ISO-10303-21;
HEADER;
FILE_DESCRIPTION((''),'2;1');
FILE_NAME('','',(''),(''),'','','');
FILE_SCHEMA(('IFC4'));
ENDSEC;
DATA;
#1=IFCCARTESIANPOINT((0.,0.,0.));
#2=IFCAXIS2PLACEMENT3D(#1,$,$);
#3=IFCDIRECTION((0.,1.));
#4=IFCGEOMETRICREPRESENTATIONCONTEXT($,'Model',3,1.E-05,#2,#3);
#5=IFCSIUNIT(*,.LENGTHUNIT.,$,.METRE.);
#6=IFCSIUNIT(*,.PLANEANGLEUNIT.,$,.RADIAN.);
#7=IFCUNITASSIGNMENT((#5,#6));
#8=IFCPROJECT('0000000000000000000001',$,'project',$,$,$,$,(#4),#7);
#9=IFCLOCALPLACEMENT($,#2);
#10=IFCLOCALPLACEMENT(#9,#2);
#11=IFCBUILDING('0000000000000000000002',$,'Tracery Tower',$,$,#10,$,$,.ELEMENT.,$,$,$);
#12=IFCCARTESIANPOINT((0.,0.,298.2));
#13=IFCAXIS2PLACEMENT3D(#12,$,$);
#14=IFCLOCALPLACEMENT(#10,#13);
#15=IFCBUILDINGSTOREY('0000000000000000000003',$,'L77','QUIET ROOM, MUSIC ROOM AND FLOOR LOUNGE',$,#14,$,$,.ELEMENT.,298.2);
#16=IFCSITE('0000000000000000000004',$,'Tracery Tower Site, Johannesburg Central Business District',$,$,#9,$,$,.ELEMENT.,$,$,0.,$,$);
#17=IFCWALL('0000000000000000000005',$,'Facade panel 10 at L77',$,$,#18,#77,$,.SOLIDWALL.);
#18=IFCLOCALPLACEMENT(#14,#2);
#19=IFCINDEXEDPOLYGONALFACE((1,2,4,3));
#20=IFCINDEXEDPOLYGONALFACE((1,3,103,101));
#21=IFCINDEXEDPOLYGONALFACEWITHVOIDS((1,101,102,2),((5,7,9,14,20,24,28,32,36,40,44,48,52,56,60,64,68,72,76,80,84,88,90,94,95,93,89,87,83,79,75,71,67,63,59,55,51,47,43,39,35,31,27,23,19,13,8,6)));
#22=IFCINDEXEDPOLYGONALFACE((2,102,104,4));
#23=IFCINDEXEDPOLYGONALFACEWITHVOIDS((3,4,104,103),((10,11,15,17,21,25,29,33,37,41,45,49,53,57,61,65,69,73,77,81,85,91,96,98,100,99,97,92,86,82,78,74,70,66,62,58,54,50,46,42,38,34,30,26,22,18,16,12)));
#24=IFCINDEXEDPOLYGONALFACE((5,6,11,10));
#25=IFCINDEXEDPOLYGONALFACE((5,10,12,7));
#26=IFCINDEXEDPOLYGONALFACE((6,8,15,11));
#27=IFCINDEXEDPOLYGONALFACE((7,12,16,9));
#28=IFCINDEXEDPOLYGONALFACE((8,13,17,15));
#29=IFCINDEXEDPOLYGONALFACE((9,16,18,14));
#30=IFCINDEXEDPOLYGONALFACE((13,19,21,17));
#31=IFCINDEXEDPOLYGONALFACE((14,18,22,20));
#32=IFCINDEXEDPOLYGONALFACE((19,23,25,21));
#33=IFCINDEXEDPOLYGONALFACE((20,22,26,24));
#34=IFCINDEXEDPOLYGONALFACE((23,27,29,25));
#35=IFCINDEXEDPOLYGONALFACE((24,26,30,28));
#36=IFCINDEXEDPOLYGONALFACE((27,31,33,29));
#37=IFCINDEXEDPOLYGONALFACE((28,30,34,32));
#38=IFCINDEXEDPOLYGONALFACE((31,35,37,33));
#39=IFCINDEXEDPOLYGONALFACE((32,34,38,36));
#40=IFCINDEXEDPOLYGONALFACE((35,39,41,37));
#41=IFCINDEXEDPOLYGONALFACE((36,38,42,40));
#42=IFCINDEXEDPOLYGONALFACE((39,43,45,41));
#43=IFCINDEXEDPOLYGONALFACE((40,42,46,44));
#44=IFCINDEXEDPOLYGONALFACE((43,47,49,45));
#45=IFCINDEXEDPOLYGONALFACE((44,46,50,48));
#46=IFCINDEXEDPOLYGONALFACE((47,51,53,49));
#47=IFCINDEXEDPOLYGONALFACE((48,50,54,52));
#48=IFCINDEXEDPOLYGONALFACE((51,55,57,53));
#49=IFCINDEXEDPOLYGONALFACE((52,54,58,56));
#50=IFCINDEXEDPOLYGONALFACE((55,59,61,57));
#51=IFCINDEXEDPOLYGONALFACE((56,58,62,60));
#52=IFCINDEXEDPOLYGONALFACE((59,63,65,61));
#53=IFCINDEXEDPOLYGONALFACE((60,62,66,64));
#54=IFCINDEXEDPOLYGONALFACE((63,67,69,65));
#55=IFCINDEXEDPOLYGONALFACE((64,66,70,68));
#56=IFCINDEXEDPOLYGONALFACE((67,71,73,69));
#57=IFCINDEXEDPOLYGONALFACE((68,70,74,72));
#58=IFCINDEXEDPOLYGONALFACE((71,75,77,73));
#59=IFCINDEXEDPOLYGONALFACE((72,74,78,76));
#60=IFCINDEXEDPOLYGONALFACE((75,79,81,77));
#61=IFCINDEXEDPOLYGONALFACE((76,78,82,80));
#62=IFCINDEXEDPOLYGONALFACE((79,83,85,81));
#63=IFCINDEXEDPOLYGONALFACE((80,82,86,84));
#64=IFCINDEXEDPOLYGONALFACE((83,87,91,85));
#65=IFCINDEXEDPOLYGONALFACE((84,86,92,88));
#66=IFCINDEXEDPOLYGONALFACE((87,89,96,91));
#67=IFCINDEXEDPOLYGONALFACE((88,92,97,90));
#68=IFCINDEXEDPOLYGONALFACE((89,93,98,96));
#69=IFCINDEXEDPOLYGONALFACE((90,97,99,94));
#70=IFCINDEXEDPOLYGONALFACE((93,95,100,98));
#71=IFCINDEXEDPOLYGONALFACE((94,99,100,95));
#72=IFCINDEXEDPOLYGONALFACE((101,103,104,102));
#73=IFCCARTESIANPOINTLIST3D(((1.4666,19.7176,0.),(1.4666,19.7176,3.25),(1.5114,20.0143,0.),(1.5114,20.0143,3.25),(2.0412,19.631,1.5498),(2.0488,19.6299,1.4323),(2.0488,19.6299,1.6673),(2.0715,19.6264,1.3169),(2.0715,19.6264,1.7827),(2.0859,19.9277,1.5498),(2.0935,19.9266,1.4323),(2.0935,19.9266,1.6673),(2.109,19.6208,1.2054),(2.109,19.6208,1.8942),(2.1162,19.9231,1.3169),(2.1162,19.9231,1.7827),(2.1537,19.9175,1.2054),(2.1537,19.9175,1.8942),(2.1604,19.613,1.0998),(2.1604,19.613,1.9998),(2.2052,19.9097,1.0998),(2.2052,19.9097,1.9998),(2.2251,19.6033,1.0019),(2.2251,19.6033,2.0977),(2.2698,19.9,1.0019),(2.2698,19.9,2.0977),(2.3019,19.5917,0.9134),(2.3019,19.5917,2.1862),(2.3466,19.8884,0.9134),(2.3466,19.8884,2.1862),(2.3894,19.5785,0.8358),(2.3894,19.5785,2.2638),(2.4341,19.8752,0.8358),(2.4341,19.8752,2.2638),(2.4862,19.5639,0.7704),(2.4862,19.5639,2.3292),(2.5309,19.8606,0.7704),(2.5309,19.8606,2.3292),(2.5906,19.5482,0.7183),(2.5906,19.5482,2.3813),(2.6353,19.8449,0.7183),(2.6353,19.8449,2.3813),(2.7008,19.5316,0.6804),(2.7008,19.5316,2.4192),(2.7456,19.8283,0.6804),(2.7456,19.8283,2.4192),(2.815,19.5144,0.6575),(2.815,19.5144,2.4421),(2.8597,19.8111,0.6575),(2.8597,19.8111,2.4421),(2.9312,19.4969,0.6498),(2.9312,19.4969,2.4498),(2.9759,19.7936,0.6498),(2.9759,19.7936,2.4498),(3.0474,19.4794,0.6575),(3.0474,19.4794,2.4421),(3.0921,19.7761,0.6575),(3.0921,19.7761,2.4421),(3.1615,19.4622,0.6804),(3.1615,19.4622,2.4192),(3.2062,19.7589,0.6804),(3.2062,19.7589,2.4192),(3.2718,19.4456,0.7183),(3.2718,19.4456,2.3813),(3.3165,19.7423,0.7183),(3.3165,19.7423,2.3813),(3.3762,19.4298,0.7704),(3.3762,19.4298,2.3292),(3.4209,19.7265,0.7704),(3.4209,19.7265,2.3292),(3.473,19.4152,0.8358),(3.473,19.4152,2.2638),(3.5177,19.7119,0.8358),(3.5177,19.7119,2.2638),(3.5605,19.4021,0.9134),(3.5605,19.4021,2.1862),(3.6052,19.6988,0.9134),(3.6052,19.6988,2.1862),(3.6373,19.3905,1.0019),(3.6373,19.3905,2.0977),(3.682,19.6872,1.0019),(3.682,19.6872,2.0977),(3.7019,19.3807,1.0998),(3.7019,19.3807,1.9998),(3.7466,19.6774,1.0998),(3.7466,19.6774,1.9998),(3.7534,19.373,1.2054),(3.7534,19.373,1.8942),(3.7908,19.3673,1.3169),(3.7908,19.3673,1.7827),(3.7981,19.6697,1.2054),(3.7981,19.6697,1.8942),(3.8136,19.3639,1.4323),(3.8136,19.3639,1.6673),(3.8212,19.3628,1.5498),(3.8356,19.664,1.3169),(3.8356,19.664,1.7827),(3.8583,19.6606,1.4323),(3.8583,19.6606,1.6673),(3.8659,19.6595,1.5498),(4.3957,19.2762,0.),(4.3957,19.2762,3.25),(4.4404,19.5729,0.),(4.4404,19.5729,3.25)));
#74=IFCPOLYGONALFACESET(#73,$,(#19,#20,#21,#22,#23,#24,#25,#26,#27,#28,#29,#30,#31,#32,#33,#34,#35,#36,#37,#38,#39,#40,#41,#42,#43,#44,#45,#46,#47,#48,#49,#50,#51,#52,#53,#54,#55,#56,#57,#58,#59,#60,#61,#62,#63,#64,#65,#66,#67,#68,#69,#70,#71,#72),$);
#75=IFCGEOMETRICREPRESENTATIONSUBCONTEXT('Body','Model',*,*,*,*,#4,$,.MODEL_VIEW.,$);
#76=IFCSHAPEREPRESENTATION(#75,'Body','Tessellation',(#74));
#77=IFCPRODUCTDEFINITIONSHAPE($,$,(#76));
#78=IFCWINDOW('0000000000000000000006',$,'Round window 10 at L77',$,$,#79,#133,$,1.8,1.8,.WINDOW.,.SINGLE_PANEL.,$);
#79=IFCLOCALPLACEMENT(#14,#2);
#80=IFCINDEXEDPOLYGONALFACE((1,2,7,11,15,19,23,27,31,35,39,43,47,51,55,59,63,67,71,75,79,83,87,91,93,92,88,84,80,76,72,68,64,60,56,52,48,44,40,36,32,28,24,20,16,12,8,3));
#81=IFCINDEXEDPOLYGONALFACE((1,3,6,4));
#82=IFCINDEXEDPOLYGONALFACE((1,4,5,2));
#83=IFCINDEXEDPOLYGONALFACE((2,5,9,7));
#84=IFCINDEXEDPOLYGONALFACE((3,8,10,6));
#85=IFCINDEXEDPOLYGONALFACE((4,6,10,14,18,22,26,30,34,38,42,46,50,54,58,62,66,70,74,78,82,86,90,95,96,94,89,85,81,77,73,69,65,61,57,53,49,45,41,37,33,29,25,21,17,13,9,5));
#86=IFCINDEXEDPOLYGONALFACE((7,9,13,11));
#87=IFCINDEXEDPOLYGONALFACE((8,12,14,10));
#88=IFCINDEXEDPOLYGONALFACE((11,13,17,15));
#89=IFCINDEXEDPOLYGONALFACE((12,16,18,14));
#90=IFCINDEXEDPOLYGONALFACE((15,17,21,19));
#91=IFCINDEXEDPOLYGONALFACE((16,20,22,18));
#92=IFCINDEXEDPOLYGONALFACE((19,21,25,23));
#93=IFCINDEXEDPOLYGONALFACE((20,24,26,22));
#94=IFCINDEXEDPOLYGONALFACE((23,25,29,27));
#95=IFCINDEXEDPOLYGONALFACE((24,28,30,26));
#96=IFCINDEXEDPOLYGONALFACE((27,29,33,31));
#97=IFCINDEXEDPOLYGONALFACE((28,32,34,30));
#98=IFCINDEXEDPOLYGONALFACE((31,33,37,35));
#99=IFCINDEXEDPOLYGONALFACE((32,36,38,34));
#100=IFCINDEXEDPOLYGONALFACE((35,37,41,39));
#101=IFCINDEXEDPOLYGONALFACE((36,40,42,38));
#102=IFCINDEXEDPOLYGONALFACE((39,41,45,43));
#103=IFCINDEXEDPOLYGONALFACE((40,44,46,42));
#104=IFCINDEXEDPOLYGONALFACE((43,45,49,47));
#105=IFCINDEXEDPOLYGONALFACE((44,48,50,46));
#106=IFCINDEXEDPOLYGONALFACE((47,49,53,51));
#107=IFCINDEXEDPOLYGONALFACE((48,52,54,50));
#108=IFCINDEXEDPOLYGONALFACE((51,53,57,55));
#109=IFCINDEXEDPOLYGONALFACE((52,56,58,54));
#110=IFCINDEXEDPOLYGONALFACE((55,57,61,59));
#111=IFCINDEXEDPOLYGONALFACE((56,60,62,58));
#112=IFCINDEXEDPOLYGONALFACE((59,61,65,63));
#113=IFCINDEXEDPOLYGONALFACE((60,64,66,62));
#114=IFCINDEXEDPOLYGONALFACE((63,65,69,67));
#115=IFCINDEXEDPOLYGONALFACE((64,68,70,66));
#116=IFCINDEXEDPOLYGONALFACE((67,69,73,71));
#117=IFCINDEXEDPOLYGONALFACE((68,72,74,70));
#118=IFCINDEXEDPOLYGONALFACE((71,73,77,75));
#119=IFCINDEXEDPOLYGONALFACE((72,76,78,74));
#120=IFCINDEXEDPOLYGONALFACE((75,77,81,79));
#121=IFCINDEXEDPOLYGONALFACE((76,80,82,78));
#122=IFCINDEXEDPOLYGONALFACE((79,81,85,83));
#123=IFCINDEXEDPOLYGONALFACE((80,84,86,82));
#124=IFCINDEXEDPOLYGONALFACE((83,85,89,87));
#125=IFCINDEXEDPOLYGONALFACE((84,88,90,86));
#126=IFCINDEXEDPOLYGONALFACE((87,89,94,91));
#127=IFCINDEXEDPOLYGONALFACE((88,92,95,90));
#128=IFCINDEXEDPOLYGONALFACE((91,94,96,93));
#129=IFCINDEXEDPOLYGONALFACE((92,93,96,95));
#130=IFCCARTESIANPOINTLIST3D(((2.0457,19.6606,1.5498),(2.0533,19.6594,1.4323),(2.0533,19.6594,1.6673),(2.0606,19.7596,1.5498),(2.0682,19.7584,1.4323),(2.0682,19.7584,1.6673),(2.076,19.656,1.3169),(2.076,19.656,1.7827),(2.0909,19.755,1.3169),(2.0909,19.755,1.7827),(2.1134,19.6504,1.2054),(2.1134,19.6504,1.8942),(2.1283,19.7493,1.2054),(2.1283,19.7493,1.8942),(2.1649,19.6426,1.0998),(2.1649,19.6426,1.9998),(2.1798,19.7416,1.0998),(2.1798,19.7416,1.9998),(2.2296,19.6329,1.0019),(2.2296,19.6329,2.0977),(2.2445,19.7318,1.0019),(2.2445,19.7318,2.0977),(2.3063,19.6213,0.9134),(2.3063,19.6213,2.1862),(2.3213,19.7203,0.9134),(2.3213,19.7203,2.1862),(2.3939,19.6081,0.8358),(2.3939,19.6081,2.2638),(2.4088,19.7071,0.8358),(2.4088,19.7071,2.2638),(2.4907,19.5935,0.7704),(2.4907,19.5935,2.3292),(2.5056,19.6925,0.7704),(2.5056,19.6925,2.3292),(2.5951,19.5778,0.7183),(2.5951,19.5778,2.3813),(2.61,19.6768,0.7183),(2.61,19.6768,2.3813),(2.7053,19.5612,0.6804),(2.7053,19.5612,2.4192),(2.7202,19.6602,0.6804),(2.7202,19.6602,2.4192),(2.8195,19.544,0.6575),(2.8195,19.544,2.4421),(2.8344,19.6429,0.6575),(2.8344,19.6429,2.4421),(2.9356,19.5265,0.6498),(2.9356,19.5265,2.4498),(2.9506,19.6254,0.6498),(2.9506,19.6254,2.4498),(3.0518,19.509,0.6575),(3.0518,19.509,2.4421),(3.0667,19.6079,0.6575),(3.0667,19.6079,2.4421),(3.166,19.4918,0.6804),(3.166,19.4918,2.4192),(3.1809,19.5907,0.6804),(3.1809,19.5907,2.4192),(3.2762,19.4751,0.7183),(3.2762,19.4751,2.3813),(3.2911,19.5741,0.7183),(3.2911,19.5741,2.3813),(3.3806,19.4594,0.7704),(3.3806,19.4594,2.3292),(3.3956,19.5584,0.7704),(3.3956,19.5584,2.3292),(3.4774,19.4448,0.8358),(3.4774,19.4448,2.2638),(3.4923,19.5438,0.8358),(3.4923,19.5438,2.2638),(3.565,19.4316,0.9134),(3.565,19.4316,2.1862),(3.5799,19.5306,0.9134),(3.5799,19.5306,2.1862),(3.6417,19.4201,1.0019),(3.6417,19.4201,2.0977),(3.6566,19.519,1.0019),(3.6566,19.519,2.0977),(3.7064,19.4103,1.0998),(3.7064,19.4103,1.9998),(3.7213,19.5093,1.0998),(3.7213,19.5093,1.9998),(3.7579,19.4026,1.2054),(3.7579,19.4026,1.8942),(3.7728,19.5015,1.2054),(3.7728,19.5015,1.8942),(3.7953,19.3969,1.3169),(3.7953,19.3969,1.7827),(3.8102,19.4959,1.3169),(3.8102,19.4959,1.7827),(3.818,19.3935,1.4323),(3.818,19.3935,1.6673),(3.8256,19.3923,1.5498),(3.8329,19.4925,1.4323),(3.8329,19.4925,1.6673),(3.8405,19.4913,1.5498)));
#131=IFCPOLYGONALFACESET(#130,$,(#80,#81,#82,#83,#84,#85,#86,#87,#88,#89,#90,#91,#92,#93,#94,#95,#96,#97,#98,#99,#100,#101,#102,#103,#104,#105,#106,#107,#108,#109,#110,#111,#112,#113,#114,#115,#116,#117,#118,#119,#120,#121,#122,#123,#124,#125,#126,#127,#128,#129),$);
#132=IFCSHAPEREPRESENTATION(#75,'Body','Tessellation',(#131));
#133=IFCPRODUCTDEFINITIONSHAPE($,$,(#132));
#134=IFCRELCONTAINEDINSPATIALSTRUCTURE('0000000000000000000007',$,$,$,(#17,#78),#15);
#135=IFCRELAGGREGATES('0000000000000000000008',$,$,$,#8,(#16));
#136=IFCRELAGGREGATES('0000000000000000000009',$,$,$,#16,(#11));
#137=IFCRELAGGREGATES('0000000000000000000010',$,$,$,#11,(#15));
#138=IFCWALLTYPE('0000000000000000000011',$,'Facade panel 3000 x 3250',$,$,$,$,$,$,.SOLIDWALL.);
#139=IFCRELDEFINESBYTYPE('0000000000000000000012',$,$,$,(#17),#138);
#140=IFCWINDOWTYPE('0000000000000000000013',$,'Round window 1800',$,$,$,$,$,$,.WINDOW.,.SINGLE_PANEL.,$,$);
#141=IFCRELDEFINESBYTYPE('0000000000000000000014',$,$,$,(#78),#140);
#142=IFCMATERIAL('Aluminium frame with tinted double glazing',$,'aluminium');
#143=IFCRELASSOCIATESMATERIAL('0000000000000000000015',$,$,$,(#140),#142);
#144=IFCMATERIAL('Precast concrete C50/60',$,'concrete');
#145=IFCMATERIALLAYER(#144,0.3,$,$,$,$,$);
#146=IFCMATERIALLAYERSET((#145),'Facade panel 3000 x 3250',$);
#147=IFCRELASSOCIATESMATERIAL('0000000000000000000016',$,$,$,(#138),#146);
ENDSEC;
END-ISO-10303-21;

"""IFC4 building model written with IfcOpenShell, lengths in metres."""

from ifc_helpers import new_model, si_unit, direction, frame, frame_2d, origin, origin_2d, place, context, subcontext, project, spatial, rectangle, circle, extrude, material, layer, layer_set, type_object, element, fill, save


model = new_model("IFC4")

# Units and contexts
model_context = context("Model", 3, precision=1e-05, world=origin(), true_north=direction((0.0, 1.0)))
body_context = subcontext(model_context, "Body", "Model", "MODEL_VIEW")
ifc_project = project(units=[si_unit("LENGTHUNIT", "METRE"), si_unit("PLANEANGLEUNIT", "RADIAN")], contexts=[model_context])

# Site, building, storey
site_placement = place(None, origin())
site = spatial("IfcSite", under=ifc_project, at=site_placement, Name="Tracery Tower Site, Johannesburg Central Business District", CompositionType="ELEMENT", RefElevation=0.0)
building_placement = place(site_placement, origin())
building = spatial("IfcBuilding", under=site, at=building_placement, Name="Tracery Tower", CompositionType="ELEMENT")
storey_placement = place(building_placement, frame((0.0, 0.0, 298.2)))
storey = spatial("IfcBuildingStorey", under=building, at=storey_placement, Name="L77", Description="QUIET ROOM, MUSIC ROOM AND FLOOR LOUNGE", CompositionType="ELEMENT", Elevation=298.2)

# Wall, opening, window
ifc_material_1 = material(Name="Aluminium frame with tinted double glazing", Category="aluminium")
window_type = type_object("IfcWindowType", Name="Round window 1800", PartitioningType="SINGLE_PANEL", PredefinedType="WINDOW", material=ifc_material_1)
ifc_material_2 = material(Name="Precast concrete C50/60", Category="concrete")
ifc_layer_1 = layer(ifc_material_2, 0.3)
ifc_layer_set_1 = layer_set([ifc_layer_1], Name="Facade panel 3000 x 3250")
wall_type_1 = type_object("IfcWallType", Name="Facade panel 3000 x 3250", PredefinedType="SOLIDWALL", material=ifc_layer_set_1)
wall_1_placement = place(storey_placement, frame((4.418, 19.4246, 0.0), z_axis=(0.0, 0.0, 1.0), x_axis=(-0.988836, 0.149009, 0.0)))
wall_1 = element("IfcWall", 1, at=wall_1_placement, inside=storey, type_object=wall_type_1, Name="Facade panel 10 at L77", PredefinedType="SOLIDWALL", context=body_context, shape_type="SweptSolid", body=[
    extrude(rectangle(XDim=2.9622, YDim=0.3, at=frame_2d((1.481, 0.0))), origin(), (0.0, 0.0, 1.0), 3.25),
])
opening_1_placement = place(wall_1_placement, frame((1.481, 0.0, 1.5498)))
opening_1 = element("IfcOpeningElement", 2, at=opening_1_placement, cuts=wall_1, PredefinedType="OPENING", context=body_context, shape_type="SweptSolid", body=[
    extrude(circle(Radius=0.9, at=origin_2d()), frame((0.0, 0.1599, 0.0), z_axis=(0.0, -1.0, 0.0), x_axis=(1.0, 0.0, 0.0)), (0.0, 0.0, 1.0), 0.3201),
])
window_1_placement = place(opening_1_placement, origin())
window_1 = element("IfcWindow", 3, at=window_1_placement, inside=storey, type_object=window_type, Name="Round window 10 at L77", OverallHeight=1.8, OverallWidth=1.8, PartitioningType="SINGLE_PANEL", PredefinedType="WINDOW", context=body_context, shape_type="SweptSolid", body=[
    extrude(circle(Radius=0.9, at=origin_2d()), frame((0.0, 0.1201, 0.0), z_axis=(0.0, -1.0, 0.0), x_axis=(1.0, 0.0, 0.0)), (0.0, 0.0, 1.0), 0.1001),
])
fill(opening_1, window_1)

save(model, "model.ifc")
